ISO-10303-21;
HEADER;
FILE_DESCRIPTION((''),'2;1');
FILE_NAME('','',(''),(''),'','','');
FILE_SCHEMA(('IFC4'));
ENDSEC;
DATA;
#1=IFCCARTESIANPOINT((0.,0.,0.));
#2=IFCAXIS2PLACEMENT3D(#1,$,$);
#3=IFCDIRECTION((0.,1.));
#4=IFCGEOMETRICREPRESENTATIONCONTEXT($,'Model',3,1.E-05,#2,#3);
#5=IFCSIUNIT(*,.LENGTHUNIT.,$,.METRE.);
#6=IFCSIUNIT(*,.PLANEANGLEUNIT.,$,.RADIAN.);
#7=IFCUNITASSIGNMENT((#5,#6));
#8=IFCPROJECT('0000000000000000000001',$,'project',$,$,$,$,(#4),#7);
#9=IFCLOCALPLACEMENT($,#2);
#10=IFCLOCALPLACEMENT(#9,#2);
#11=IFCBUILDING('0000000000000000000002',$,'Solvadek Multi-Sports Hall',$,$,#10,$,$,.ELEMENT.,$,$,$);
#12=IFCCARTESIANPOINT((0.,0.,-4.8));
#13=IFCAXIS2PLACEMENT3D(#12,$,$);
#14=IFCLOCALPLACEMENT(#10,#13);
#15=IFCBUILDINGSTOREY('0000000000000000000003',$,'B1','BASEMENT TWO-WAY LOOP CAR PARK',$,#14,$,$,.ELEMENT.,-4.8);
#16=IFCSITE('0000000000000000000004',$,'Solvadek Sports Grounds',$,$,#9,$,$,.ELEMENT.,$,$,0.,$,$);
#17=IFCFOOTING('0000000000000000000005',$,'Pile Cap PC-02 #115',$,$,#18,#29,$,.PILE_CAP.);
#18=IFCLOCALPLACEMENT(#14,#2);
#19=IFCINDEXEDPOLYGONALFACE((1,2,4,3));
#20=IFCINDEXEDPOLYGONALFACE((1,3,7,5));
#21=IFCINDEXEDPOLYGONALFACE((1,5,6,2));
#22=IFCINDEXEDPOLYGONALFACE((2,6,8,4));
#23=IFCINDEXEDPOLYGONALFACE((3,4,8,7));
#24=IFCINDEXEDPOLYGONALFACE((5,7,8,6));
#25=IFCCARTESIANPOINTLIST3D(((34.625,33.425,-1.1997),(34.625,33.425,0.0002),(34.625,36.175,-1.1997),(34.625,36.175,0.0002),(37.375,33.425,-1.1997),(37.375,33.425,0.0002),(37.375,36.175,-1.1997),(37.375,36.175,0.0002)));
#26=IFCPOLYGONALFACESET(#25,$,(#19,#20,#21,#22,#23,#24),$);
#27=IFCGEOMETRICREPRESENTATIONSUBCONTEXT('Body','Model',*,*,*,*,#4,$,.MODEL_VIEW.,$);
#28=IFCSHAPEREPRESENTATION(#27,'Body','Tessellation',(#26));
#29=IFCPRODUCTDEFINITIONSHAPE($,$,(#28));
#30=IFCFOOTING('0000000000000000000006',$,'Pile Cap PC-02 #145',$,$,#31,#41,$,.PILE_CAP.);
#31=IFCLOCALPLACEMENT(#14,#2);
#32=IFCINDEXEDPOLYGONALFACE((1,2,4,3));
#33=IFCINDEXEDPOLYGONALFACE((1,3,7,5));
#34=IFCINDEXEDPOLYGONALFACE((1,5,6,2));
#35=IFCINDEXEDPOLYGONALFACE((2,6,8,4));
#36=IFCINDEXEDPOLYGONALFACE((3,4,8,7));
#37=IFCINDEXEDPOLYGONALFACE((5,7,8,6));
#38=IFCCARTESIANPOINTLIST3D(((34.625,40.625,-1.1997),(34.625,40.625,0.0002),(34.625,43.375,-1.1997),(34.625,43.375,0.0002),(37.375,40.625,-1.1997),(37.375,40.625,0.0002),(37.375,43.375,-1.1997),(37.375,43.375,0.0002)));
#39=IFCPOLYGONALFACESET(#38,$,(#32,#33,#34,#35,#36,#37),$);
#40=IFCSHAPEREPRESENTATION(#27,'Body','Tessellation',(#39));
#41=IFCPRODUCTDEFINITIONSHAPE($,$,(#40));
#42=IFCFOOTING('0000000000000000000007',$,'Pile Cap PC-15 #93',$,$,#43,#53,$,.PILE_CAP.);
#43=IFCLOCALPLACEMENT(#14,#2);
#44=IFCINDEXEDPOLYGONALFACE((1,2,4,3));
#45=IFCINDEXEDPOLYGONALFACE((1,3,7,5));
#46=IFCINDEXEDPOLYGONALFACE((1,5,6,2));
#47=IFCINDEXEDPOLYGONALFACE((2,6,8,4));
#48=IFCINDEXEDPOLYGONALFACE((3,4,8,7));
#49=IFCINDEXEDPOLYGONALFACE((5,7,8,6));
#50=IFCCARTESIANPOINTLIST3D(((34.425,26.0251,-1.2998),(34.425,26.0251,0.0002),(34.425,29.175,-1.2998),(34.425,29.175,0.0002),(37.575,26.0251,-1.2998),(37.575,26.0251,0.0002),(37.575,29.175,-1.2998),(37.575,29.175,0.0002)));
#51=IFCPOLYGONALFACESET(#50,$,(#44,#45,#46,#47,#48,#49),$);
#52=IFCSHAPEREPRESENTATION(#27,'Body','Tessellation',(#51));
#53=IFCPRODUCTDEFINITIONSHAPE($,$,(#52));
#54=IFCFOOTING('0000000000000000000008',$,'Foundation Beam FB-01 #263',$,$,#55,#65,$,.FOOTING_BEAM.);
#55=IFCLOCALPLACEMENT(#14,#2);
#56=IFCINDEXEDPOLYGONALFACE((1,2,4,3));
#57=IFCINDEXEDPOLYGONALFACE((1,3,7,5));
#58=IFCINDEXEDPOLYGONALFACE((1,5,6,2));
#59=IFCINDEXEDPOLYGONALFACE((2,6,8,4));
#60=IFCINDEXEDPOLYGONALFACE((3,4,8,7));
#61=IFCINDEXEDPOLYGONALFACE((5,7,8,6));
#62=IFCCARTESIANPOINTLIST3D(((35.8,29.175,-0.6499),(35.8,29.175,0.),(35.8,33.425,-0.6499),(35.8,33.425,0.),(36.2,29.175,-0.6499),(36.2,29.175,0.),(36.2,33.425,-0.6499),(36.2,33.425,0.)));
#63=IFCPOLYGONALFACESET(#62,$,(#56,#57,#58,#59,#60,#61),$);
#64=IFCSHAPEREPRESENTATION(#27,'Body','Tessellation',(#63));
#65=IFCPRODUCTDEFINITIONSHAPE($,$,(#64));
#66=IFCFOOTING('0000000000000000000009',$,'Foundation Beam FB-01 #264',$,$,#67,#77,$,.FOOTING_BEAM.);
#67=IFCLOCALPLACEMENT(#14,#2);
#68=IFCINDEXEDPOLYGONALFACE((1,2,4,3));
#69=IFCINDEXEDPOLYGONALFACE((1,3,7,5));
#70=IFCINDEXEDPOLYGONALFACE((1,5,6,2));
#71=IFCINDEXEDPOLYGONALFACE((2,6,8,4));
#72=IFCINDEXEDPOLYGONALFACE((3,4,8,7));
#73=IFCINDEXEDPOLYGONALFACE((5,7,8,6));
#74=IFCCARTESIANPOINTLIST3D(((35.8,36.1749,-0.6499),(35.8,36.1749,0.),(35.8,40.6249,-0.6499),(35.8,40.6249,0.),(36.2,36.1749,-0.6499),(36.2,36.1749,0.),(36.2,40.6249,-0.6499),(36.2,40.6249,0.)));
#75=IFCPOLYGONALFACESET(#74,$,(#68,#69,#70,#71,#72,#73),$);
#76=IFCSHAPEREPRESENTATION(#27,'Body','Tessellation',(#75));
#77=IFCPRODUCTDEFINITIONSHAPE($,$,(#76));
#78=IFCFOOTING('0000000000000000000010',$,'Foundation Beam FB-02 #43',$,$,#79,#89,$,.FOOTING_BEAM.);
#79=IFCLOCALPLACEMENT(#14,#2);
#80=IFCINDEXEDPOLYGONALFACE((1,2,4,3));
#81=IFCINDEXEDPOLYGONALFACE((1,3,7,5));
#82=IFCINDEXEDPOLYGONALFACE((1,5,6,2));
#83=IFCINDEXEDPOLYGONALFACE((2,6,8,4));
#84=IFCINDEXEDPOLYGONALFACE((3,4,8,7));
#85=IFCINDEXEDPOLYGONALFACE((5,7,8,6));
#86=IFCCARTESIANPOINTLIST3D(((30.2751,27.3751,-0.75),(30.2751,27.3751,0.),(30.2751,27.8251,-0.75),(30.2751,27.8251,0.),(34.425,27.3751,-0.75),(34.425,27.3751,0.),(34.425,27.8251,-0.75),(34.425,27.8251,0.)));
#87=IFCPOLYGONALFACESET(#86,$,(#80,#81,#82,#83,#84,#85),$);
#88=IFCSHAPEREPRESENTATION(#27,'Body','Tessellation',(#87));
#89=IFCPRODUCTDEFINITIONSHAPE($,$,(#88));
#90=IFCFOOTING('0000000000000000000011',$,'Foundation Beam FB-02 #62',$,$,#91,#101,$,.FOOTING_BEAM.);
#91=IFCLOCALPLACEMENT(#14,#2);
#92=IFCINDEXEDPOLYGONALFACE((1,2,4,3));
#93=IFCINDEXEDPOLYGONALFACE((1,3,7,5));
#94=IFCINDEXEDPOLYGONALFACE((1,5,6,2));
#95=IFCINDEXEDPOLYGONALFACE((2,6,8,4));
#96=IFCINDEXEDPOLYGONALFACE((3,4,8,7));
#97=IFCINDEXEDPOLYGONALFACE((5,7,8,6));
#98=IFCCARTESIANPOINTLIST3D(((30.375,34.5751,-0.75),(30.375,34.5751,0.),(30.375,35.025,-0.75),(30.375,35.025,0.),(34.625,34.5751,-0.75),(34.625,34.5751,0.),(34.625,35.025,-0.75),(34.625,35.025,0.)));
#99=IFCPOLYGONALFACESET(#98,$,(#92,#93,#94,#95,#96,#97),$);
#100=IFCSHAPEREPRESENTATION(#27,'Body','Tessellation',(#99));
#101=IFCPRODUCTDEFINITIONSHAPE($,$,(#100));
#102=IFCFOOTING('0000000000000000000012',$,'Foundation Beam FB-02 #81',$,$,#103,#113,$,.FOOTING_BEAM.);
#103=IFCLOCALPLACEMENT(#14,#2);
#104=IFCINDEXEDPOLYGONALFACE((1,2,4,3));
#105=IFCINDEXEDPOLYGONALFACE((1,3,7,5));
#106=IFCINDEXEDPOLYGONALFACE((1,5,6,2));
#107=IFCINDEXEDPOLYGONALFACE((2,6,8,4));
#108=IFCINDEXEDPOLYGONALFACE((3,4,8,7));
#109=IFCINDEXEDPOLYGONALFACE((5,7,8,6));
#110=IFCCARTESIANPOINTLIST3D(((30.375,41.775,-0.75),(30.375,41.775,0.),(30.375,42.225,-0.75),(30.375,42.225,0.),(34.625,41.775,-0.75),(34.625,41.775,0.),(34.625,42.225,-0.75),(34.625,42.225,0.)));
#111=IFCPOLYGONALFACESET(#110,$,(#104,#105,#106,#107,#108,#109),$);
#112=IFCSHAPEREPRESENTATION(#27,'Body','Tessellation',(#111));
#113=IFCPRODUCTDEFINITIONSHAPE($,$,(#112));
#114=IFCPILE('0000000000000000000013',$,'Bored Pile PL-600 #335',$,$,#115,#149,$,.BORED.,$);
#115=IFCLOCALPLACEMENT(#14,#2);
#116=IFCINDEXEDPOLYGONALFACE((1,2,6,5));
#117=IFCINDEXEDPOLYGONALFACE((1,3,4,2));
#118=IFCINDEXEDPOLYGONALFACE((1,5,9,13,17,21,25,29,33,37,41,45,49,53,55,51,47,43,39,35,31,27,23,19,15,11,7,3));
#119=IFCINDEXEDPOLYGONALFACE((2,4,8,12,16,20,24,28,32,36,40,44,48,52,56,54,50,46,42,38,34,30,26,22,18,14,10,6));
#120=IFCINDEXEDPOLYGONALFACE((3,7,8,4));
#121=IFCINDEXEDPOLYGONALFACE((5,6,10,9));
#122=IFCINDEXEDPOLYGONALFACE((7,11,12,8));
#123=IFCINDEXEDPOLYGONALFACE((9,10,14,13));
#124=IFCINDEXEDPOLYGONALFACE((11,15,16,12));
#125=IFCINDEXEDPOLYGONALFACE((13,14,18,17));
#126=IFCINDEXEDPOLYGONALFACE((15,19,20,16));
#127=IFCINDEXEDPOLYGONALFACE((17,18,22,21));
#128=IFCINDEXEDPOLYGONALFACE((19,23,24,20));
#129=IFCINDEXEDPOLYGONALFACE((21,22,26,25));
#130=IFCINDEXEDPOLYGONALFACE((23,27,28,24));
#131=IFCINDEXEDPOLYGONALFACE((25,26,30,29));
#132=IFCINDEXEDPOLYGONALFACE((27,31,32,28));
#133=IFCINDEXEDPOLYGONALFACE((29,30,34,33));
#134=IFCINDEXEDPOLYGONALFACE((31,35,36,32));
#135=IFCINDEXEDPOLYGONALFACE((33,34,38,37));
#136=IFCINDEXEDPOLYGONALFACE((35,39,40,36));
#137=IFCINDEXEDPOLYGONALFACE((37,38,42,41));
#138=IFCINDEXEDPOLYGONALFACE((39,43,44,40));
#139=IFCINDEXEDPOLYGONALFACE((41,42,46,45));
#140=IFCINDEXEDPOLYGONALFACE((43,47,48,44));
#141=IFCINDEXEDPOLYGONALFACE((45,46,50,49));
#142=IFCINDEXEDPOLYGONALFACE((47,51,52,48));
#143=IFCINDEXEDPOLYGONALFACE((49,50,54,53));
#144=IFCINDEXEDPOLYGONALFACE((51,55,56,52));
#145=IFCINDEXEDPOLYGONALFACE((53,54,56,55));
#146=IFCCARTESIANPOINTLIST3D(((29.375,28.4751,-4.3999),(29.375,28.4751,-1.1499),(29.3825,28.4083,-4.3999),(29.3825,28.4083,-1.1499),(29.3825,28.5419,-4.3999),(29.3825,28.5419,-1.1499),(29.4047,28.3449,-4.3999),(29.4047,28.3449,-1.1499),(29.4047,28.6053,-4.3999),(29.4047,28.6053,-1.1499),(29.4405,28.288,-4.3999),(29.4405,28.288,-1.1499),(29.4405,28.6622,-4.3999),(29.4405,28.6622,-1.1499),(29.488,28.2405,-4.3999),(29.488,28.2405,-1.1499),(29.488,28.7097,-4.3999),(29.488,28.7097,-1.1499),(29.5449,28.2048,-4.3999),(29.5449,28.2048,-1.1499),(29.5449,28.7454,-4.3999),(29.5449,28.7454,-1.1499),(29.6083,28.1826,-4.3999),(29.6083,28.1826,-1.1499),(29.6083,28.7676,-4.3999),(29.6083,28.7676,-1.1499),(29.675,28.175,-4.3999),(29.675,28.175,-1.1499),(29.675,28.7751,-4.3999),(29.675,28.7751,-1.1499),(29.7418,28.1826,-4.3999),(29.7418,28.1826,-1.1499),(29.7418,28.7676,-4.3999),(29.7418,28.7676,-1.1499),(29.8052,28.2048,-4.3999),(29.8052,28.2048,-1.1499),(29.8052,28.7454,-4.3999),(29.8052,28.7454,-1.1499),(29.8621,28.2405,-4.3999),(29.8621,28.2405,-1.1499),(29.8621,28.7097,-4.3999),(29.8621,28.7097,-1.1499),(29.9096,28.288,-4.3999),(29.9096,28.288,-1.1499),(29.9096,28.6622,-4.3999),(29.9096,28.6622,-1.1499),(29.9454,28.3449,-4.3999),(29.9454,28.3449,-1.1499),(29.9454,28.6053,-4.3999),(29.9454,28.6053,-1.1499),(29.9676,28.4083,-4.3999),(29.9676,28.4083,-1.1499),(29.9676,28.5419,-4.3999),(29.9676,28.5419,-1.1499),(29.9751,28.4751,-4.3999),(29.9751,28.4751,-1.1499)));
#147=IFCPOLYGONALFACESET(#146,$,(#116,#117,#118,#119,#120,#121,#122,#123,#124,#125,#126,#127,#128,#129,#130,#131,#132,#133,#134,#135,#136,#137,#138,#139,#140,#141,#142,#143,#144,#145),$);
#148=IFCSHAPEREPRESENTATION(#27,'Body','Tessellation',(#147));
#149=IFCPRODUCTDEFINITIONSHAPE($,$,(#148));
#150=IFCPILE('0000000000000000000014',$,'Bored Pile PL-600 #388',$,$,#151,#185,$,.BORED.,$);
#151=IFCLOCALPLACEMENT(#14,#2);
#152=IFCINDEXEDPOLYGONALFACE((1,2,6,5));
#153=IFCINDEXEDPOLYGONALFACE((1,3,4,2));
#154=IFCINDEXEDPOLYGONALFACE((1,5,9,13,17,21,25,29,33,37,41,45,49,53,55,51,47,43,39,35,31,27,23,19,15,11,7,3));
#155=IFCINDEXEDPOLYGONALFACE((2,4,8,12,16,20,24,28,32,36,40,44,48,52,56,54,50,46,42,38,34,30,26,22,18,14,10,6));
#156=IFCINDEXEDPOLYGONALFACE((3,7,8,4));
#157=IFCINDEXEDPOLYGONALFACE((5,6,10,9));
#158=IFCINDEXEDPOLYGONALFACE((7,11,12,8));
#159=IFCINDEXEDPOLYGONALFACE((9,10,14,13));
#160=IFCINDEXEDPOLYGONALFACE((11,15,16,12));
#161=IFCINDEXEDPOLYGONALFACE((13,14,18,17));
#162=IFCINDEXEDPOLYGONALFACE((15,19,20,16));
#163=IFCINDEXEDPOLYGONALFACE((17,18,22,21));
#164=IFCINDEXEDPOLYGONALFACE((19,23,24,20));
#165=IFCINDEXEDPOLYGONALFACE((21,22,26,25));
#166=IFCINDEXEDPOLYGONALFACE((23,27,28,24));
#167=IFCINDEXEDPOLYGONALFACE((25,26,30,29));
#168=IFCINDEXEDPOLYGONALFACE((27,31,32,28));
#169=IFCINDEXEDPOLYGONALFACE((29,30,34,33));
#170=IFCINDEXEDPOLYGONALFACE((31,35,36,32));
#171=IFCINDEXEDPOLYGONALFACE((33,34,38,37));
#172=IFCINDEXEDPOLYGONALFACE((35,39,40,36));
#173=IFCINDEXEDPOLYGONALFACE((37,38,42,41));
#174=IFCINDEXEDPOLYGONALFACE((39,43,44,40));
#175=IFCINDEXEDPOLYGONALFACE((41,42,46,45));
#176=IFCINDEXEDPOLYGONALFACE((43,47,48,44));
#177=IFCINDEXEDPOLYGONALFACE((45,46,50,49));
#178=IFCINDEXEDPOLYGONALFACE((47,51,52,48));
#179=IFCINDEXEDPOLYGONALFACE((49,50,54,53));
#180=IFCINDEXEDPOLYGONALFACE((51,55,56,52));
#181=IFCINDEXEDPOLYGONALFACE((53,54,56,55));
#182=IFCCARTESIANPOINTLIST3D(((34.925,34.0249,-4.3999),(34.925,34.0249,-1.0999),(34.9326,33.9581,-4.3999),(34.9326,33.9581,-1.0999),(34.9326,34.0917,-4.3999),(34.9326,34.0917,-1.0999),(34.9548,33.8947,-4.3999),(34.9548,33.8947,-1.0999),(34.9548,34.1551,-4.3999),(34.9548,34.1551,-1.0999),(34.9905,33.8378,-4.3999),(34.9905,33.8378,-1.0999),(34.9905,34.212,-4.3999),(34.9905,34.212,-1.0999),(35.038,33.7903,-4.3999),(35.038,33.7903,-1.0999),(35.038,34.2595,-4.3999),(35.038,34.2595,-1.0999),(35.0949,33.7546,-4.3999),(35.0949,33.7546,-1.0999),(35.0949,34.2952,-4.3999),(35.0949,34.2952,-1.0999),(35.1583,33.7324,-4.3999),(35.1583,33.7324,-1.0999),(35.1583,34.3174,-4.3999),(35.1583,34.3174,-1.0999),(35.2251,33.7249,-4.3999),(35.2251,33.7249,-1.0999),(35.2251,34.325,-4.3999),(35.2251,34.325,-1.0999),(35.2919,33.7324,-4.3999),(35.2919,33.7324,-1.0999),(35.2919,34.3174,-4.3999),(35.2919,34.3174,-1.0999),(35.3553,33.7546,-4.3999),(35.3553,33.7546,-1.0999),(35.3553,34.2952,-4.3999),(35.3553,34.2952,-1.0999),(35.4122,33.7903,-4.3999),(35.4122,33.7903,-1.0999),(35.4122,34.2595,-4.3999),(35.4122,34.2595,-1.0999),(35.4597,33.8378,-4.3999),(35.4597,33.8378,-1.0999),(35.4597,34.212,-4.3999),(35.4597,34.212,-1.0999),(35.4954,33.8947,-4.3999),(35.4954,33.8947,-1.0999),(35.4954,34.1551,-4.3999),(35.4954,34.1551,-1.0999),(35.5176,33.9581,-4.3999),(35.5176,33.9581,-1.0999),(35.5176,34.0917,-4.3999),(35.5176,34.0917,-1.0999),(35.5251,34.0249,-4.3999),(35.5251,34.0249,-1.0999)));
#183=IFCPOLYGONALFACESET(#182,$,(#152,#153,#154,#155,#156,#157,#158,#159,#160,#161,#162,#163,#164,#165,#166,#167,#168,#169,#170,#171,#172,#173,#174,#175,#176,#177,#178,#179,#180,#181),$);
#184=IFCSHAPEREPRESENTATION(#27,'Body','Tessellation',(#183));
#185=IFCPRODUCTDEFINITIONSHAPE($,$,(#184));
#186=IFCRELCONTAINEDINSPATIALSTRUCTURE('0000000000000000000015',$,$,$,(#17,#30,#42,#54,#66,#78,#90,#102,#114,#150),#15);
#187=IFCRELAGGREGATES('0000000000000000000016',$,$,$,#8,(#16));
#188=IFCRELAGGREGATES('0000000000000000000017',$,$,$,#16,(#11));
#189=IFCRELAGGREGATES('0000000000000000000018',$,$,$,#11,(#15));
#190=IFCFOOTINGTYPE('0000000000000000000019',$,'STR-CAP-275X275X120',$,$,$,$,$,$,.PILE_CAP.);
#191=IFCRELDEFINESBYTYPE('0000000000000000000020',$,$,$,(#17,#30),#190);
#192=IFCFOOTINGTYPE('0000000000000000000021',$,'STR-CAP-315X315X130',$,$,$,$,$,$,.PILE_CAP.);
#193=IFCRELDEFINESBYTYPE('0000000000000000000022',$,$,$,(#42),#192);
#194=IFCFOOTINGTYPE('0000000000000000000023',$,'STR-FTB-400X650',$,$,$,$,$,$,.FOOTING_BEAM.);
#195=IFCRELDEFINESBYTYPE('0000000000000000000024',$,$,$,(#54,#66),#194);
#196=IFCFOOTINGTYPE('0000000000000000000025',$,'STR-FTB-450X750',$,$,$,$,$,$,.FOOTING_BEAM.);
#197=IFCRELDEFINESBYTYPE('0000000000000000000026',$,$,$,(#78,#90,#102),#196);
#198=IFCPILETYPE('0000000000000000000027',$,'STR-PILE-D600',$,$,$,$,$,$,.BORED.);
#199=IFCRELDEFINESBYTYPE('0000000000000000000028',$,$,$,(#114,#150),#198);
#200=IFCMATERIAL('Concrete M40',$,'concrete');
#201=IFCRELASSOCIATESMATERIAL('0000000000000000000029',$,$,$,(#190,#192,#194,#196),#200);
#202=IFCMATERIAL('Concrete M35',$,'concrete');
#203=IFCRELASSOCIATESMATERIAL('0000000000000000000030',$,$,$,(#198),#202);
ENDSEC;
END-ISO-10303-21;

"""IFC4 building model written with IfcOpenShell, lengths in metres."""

from ifc_helpers import new_model, si_unit, direction, frame, origin, origin_2d, place, context, subcontext, project, spatial, rectangle, circle, extrude, material, material_profile, profile_set, type_object, element, save


model = new_model("IFC4")

# Units and contexts
model_context = context("Model", 3, precision=1e-05, world=origin(), true_north=direction((0.0, 1.0)))
body_context = subcontext(model_context, "Body", "Model", "MODEL_VIEW")
ifc_project = project(units=[si_unit("LENGTHUNIT", "METRE"), si_unit("PLANEANGLEUNIT", "RADIAN")], contexts=[model_context])

# Site, building, storey
site_placement = place(None, origin())
site = spatial("IfcSite", under=ifc_project, at=site_placement, Name="Solvadek Sports Grounds", CompositionType="ELEMENT", RefElevation=0.0)
building_placement = place(site_placement, origin())
building = spatial("IfcBuilding", under=site, at=building_placement, Name="Solvadek Multi-Sports Hall", CompositionType="ELEMENT")
storey_placement = place(building_placement, frame((0.0, 0.0, -4.8)))
storey = spatial("IfcBuildingStorey", under=building, at=storey_placement, Name="B1", Description="BASEMENT TWO-WAY LOOP CAR PARK", CompositionType="ELEMENT", Elevation=-4.8)

# Footings
ifc_material_1 = material(Name="Concrete M40", Category="concrete")
footing_type_1 = type_object("IfcFootingType", Name="STR-CAP-275X275X120", PredefinedType="PILE_CAP", material=ifc_material_1)
for number, where, z_axis, x_axis, name in (
    (1, (36.0, 34.8, -1.1997), (0.0, 0.0, 1.0), (1.0, 0.0, 0.0), "Pile Cap PC-02 #115"),
    (2, (36.0, 42.0, -1.1997), (0.0, 0.0, 1.0), (1.0, 0.0, 0.0), "Pile Cap PC-02 #145"),
):
    element("IfcFooting", number, at=place(storey_placement, frame(where, z_axis=z_axis, x_axis=x_axis)), inside=storey, type_object=footing_type_1, Name=name, PredefinedType="PILE_CAP", context=body_context, shape_type="SweptSolid", body=[
        extrude(rectangle(XDim=2.75, YDim=2.75, at=origin_2d()), origin(), (0.0, 0.0, 1.0), 1.2),
    ])
footing_type_2 = type_object("IfcFootingType", Name="STR-CAP-315X315X130", PredefinedType="PILE_CAP", material=ifc_material_1)
footing_1_placement = place(storey_placement, frame((36.0, 27.6001, -1.2998), z_axis=(0.0, 0.0, 1.0), x_axis=(1.0, 0.0, 0.0)))
element("IfcFooting", 3, at=footing_1_placement, inside=storey, type_object=footing_type_2, Name="Pile Cap PC-15 #93", PredefinedType="PILE_CAP", context=body_context, shape_type="SweptSolid", body=[
    extrude(rectangle(XDim=3.1499, YDim=3.1499, at=origin_2d()), origin(), (0.0, 0.0, 1.0), 1.3),
])
footing_type_3 = type_object("IfcFootingType", Name="STR-FTB-400X650", PredefinedType="FOOTING_BEAM", material=ifc_material_1)
footing_2_placement = place(storey_placement, frame((36.0, 31.3, -0.6499), z_axis=(0.0, 0.0, 1.0), x_axis=(0.0, 1.0, 0.0)))
element("IfcFooting", 4, at=footing_2_placement, inside=storey, type_object=footing_type_3, Name="Foundation Beam FB-01 #263", PredefinedType="FOOTING_BEAM", context=body_context, shape_type="SweptSolid", body=[
    extrude(rectangle(XDim=4.25, YDim=0.3999, at=origin_2d()), origin(), (0.0, 0.0, 1.0), 0.6499),
])
footing_3_placement = place(storey_placement, frame((36.0, 38.3999, -0.6499), z_axis=(0.0, 0.0, 1.0), x_axis=(0.0, 1.0, 0.0)))
element("IfcFooting", 5, at=footing_3_placement, inside=storey, type_object=footing_type_3, Name="Foundation Beam FB-01 #264", PredefinedType="FOOTING_BEAM", context=body_context, shape_type="SweptSolid", body=[
    extrude(rectangle(XDim=4.45, YDim=0.3999, at=origin_2d()), origin(), (0.0, 0.0, 1.0), 0.6499),
])
footing_type_4 = type_object("IfcFootingType", Name="STR-FTB-450X750", PredefinedType="FOOTING_BEAM", material=ifc_material_1)
footing_4_placement = place(storey_placement, frame((32.3501, 27.6001, -0.75), z_axis=(0.0, 0.0, 1.0), x_axis=(1.0, 0.0, 0.0)))
element("IfcFooting", 6, at=footing_4_placement, inside=storey, type_object=footing_type_4, Name="Foundation Beam FB-02 #43", PredefinedType="FOOTING_BEAM", context=body_context, shape_type="SweptSolid", body=[
    extrude(rectangle(XDim=4.1499, YDim=0.45, at=origin_2d()), origin(), (0.0, 0.0, 1.0), 0.75),
])
for number, where, z_axis, x_axis, name in (
    (7, (32.5, 34.8, -0.75), (0.0, 0.0, 1.0), (1.0, 0.0, 0.0), "Foundation Beam FB-02 #62"),
    (8, (32.5, 42.0, -0.75), (0.0, 0.0, 1.0), (1.0, 0.0, 0.0), "Foundation Beam FB-02 #81"),
):
    element("IfcFooting", number, at=place(storey_placement, frame(where, z_axis=z_axis, x_axis=x_axis)), inside=storey, type_object=footing_type_4, Name=name, PredefinedType="FOOTING_BEAM", context=body_context, shape_type="SweptSolid", body=[
        extrude(rectangle(XDim=4.25, YDim=0.45, at=origin_2d()), origin(), (0.0, 0.0, 1.0), 0.75),
    ])

# Piles
ifc_material_2 = material(Name="Concrete M35", Category="concrete")
ifc_material_profile_1 = material_profile(ifc_material_2, circle(Radius=0.3, at=origin_2d()), Name="BORED PILE D600")
ifc_profile_set_1 = profile_set([ifc_material_profile_1], Name="Concrete M35")
pile_type_1 = type_object("IfcPileType", Name="STR-PILE-D600", PredefinedType="BORED", material=ifc_profile_set_1)
pile_1_placement = place(storey_placement, frame((29.675, 28.4751, -1.1499), z_axis=(0.0, 0.0, -1.0), x_axis=(1.0, 0.0, 0.0)))
element("IfcPile", 9, at=pile_1_placement, inside=storey, type_object=pile_type_1, Name="Bored Pile PL-600 #335", PredefinedType="BORED", context=body_context, shape_type="SweptSolid", body=[
    extrude(circle(Radius=0.3, at=origin_2d()), origin(), (0.0, 0.0, 1.0), 3.25),
])
for number, where, z_axis, x_axis, name in (
    (10, (35.2251, 34.0249, -1.0999), (0.0, 0.0, -1.0), (1.0, 0.0, 0.0), "Bored Pile PL-600 #388"),
):
    element("IfcPile", number, at=place(storey_placement, frame(where, z_axis=z_axis, x_axis=x_axis)), inside=storey, type_object=pile_type_1, Name=name, PredefinedType="BORED", context=body_context, shape_type="SweptSolid", body=[
        extrude(circle(Radius=0.3, at=origin_2d()), origin(), (0.0, 0.0, 1.0), 3.3),
    ])

save(model, "model.ifc")
